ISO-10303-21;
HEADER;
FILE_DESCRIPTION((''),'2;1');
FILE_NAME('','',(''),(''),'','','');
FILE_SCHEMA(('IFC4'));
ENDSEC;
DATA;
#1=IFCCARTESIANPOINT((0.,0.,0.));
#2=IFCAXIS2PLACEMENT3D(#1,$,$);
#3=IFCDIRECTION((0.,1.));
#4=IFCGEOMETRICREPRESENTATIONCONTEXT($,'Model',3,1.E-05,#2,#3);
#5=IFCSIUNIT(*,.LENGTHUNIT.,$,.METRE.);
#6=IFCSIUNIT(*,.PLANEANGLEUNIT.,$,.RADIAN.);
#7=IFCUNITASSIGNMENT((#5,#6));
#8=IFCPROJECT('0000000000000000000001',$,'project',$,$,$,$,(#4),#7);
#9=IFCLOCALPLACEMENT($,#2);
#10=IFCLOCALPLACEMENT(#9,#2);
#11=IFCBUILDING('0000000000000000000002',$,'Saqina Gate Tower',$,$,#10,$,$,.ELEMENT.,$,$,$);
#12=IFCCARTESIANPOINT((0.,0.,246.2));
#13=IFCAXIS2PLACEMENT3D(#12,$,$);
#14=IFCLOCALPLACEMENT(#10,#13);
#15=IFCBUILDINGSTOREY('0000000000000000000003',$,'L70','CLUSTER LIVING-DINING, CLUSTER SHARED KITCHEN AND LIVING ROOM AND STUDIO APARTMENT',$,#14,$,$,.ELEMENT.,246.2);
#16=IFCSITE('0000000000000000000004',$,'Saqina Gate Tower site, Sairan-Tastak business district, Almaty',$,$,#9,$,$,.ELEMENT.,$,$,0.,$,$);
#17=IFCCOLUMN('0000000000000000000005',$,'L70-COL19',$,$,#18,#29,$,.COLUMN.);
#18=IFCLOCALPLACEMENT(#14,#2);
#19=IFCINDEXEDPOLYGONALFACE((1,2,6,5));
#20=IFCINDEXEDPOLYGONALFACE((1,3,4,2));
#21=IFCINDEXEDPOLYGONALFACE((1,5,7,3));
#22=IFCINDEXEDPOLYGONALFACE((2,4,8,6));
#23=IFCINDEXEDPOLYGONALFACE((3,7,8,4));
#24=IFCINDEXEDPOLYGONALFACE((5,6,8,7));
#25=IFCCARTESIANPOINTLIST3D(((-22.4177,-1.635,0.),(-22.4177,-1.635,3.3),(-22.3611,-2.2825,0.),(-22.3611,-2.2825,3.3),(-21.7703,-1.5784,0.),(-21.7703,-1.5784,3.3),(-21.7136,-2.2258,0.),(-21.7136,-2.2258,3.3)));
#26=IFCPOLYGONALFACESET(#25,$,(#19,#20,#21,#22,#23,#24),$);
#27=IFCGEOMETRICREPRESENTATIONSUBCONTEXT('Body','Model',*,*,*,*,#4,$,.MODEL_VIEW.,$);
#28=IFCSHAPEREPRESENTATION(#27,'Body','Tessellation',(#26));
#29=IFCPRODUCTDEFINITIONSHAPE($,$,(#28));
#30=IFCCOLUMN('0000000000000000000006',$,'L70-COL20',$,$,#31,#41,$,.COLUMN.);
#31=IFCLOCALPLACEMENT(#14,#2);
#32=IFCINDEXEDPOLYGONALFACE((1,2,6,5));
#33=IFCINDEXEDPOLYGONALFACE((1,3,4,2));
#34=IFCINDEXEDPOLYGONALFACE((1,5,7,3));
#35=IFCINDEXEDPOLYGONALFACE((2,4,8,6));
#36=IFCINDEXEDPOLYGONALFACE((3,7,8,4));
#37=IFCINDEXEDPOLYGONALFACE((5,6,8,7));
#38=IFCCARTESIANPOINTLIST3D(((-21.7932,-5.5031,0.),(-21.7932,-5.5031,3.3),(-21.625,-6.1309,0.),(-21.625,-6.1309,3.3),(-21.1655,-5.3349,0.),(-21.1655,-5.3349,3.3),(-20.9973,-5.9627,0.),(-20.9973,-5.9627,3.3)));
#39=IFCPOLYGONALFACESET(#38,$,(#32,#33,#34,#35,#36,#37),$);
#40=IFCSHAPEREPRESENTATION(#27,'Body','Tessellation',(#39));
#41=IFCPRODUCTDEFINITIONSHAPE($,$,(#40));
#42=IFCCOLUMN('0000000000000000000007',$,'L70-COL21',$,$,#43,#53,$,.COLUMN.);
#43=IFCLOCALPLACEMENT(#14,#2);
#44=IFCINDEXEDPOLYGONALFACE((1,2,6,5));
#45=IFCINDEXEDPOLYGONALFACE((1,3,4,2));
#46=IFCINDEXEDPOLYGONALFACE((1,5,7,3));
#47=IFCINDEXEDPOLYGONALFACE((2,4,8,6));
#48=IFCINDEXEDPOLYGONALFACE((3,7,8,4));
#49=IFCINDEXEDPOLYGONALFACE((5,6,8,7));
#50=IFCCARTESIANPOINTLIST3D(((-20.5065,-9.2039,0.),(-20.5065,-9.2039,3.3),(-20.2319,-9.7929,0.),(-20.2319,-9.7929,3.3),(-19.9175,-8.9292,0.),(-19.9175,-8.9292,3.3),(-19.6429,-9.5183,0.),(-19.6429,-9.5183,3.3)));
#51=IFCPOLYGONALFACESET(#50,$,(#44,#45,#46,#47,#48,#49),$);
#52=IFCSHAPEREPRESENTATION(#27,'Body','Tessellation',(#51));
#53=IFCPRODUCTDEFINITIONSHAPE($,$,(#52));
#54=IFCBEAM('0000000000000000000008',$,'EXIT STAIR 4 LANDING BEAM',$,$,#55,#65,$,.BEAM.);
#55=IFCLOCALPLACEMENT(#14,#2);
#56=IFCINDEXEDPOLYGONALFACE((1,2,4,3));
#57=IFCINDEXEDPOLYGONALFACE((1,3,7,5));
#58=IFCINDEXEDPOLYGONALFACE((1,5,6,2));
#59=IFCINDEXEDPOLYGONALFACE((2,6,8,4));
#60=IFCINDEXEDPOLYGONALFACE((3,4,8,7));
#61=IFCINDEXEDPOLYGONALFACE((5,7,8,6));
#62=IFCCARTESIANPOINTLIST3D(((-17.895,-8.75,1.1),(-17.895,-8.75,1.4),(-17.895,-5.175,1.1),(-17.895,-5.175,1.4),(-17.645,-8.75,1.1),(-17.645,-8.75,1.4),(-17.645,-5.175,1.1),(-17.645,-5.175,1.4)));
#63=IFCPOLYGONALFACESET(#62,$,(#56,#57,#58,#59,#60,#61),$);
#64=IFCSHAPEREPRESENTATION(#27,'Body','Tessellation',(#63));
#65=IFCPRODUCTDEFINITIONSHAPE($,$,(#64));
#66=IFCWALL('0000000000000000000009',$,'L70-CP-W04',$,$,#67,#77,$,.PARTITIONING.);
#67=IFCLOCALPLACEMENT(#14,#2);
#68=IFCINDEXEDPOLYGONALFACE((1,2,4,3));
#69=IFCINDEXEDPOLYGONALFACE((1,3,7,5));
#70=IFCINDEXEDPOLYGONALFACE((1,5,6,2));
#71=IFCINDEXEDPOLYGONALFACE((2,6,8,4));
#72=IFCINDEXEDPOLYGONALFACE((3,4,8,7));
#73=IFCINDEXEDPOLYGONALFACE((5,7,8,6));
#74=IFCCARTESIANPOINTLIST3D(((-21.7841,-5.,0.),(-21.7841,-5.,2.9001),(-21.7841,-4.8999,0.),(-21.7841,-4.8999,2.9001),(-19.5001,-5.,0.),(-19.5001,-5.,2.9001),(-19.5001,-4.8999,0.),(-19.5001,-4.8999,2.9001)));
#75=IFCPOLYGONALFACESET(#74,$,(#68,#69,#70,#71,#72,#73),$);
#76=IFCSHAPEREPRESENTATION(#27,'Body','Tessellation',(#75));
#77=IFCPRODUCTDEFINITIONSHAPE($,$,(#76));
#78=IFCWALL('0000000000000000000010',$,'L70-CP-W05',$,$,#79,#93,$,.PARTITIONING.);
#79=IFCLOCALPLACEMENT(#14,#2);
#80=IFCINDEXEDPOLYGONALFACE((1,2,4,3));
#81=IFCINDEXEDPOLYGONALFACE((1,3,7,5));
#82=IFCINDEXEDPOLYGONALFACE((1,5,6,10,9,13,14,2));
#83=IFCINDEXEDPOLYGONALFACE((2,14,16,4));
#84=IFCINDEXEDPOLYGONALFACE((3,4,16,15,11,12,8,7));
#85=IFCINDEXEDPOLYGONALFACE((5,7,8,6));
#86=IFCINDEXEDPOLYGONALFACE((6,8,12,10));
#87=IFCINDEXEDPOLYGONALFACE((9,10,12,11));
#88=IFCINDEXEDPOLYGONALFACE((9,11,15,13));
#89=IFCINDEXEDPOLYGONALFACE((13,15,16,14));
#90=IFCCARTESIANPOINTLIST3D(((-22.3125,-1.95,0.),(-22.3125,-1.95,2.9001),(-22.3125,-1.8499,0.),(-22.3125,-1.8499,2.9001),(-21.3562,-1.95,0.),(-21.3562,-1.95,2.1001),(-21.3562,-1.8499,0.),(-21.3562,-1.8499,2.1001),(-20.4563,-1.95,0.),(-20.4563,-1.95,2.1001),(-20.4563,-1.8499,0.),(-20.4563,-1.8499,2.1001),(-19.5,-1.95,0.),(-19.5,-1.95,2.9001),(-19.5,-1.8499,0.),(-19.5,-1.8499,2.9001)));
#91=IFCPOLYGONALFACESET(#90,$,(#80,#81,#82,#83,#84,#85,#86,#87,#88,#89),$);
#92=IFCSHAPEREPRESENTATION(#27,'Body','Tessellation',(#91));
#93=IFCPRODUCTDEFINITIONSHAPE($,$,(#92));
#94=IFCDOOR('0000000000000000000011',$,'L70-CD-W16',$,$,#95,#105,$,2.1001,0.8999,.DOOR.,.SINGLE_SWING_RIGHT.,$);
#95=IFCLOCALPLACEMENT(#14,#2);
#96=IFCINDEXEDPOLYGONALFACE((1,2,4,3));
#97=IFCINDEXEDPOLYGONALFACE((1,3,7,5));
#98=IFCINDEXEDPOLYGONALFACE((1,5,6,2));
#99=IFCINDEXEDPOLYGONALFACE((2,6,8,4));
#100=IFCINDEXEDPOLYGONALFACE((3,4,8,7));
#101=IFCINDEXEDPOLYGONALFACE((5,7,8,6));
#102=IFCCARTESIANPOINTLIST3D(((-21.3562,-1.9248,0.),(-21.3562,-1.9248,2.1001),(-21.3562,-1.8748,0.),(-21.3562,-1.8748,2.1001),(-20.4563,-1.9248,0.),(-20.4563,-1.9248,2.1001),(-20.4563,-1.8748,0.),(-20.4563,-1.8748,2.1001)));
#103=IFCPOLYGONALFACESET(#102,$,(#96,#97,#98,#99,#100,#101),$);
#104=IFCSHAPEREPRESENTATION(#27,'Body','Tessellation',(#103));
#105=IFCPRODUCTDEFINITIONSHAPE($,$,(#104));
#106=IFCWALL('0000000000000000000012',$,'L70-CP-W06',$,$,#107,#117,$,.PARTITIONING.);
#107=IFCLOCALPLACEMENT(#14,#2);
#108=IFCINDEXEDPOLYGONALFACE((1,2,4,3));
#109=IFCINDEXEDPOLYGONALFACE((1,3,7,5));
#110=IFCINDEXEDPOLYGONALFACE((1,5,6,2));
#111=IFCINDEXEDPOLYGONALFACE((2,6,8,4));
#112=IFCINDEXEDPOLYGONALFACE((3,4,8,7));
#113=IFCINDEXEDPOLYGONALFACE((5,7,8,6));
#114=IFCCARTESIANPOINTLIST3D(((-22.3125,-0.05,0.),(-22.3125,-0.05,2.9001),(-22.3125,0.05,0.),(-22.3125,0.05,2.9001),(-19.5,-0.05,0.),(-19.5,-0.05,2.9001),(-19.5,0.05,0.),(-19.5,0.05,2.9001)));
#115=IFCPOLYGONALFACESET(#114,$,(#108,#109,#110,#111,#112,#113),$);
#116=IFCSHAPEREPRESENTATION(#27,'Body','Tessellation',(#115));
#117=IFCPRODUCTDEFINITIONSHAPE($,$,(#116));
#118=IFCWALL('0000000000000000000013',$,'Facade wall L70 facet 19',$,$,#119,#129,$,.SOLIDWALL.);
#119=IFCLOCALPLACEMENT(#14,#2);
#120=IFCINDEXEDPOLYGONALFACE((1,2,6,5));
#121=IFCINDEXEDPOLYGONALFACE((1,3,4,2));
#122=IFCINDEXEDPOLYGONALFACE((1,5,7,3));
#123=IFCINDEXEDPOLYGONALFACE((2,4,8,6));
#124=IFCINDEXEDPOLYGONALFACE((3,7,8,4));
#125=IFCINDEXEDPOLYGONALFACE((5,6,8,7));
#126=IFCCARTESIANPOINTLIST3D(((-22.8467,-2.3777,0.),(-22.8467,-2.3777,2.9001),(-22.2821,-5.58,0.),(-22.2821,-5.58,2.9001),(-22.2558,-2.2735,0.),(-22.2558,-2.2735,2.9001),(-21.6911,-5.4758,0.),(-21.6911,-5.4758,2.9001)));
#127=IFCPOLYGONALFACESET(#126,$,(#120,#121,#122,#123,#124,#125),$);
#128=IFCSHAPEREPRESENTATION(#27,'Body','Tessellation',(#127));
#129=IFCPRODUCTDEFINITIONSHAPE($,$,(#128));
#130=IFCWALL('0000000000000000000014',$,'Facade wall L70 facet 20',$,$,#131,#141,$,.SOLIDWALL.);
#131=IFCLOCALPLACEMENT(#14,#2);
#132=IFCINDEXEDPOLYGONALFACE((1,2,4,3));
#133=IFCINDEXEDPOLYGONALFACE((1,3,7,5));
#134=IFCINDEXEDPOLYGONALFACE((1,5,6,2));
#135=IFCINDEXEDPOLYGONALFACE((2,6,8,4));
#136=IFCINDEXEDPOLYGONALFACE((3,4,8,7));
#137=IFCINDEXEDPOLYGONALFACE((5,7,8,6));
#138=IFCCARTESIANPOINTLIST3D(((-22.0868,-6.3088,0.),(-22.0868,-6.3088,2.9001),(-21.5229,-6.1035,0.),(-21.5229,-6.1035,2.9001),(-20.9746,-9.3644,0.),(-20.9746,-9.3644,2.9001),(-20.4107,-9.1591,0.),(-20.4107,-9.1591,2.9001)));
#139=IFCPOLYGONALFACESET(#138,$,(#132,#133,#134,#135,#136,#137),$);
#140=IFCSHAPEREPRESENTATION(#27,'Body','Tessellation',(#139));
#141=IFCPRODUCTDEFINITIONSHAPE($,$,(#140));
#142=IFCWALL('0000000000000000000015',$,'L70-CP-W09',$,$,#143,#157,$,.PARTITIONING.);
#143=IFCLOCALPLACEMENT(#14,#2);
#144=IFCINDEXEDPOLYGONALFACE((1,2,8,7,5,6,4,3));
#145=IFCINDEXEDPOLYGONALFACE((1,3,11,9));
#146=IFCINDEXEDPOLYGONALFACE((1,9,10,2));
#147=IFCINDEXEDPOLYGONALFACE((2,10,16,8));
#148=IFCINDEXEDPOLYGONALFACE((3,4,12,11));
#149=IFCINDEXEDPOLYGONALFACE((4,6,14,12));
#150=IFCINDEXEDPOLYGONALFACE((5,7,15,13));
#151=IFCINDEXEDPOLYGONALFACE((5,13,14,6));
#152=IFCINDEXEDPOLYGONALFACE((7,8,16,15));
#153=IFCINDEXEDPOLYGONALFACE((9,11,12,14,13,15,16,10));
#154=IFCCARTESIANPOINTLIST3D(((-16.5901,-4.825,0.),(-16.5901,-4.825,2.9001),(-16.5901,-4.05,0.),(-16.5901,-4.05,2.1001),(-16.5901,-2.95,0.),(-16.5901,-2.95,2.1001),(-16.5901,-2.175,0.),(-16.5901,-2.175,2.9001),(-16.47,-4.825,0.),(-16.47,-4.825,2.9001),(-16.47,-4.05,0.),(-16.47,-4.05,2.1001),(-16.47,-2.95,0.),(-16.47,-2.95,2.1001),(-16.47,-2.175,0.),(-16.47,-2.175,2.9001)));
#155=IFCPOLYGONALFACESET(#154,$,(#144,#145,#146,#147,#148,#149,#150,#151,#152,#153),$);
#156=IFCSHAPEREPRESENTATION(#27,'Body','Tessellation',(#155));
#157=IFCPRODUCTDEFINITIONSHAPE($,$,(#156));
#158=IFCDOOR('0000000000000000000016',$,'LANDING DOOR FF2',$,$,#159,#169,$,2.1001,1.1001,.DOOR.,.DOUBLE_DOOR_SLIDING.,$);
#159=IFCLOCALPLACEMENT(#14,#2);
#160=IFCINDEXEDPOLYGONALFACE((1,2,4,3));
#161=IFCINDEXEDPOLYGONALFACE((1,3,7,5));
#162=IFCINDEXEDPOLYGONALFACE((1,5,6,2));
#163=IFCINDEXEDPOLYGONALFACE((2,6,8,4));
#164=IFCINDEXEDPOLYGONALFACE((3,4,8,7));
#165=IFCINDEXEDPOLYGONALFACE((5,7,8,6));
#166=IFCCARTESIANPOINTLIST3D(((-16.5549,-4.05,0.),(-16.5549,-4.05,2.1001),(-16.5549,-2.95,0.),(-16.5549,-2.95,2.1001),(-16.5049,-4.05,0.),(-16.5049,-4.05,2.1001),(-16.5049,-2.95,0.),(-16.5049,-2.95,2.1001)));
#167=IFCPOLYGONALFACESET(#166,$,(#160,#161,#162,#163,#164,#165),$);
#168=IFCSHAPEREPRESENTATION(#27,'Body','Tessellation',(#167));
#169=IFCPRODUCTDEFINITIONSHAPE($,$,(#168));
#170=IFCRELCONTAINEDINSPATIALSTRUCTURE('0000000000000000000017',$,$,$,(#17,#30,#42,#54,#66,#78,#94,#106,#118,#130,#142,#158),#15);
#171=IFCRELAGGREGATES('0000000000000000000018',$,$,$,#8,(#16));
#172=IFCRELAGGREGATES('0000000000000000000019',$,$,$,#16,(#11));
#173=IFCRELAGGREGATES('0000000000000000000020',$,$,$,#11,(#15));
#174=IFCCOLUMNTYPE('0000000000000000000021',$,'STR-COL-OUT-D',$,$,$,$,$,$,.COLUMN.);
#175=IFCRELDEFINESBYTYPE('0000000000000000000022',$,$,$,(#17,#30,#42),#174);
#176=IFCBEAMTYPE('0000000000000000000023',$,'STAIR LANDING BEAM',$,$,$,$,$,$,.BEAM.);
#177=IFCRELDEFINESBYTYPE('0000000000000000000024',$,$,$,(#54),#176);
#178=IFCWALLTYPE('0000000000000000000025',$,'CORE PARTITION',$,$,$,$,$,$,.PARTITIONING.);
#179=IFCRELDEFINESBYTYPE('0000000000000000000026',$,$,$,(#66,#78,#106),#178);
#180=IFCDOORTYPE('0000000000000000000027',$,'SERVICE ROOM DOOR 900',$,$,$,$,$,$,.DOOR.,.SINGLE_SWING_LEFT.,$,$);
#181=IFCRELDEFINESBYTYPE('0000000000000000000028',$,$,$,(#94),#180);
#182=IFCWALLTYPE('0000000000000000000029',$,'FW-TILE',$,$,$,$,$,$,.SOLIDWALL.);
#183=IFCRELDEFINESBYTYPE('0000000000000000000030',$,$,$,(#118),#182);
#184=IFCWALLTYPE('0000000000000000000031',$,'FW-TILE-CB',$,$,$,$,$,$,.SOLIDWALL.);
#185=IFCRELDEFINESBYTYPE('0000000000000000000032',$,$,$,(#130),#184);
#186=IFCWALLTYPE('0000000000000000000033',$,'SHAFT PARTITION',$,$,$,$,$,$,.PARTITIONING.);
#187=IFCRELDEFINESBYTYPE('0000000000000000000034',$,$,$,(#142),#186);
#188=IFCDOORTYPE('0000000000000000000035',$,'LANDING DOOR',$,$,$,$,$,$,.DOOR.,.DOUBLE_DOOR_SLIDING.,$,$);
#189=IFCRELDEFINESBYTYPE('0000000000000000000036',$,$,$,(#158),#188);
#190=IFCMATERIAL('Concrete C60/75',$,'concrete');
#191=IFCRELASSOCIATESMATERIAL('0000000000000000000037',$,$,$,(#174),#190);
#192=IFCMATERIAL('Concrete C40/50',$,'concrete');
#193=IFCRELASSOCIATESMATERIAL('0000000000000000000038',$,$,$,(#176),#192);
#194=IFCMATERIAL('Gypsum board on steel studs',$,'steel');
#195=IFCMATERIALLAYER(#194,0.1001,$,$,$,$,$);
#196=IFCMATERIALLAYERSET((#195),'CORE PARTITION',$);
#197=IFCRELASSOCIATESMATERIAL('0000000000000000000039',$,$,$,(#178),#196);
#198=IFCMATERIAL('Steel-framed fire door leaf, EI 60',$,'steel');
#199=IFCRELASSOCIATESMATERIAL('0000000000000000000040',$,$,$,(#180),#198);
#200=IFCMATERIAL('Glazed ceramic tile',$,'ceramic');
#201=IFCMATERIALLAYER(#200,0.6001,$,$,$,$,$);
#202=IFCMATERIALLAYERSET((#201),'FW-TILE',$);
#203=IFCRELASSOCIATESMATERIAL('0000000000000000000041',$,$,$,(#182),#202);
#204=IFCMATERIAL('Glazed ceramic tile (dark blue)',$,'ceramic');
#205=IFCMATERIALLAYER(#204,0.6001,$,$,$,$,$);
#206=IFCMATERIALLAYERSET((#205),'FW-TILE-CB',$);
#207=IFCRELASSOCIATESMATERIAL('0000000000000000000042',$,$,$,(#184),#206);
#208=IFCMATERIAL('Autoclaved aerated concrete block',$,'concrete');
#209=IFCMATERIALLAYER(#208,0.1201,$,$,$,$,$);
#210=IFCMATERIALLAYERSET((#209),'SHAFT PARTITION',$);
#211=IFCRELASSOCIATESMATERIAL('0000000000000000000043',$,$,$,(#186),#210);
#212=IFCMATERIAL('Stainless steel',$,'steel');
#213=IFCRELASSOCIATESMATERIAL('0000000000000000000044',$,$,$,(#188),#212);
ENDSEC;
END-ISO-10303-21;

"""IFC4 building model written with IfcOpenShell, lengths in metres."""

from ifc_helpers import new_model, si_unit, direction, frame, frame_2d, origin, origin_2d, place, context, subcontext, project, spatial, rectangle, extrude, material, layer, layer_set, material_profile, profile_set, type_object, element, fill, save


model = new_model("IFC4")

# Units and contexts
model_context = context("Model", 3, precision=1e-05, world=origin(), true_north=direction((0.0, 1.0)))
body_context = subcontext(model_context, "Body", "Model", "MODEL_VIEW")
ifc_project = project(units=[si_unit("LENGTHUNIT", "METRE"), si_unit("PLANEANGLEUNIT", "RADIAN")], contexts=[model_context])

# Site, building, storey
site_placement = place(None, origin())
site = spatial("IfcSite", under=ifc_project, at=site_placement, Name="Saqina Gate Tower site, Sairan-Tastak business district, Almaty", CompositionType="ELEMENT", RefElevation=0.0)
building_placement = place(site_placement, origin())
building = spatial("IfcBuilding", under=site, at=building_placement, Name="Saqina Gate Tower", CompositionType="ELEMENT")
storey_placement = place(building_placement, frame((0.0, 0.0, 246.2)))
storey = spatial("IfcBuildingStorey", under=building, at=storey_placement, Name="L70", Description="CLUSTER LIVING-DINING, CLUSTER SHARED KITCHEN AND LIVING ROOM AND STUDIO APARTMENT", CompositionType="ELEMENT", Elevation=246.2)

# Columns
ifc_material_1 = material(Name="Concrete C60/75", Category="concrete")
ifc_material_profile_1 = material_profile(ifc_material_1, rectangle(XDim=0.6499, YDim=0.6499, at=origin_2d()), Name="RC 650x650")
ifc_profile_set_1 = profile_set([ifc_material_profile_1], Name="Concrete C60/75")
column_type = type_object("IfcColumnType", Name="STR-COL-OUT-D", PredefinedType="COLUMN", material=ifc_profile_set_1)
for number, where, z_axis, x_axis, name in (
    (1, (-22.0657, -1.9304, 0.0), (0.0, 0.0, 1.0), (-0.996195, -0.087156, 0.0), "L70-COL19"),
    (2, (-21.3953, -5.7329, 0.0), (0.0, 0.0, 1.0), (-0.965926, -0.258819, 0.0), "L70-COL20"),
    (3, (-20.0747, -9.3611, 0.0), (0.0, 0.0, 1.0), (-0.906308, -0.422618, 0.0), "L70-COL21"),
):
    element("IfcColumn", number, at=place(storey_placement, frame(where, z_axis=z_axis, x_axis=x_axis)), inside=storey, type_object=column_type, Name=name, PredefinedType="COLUMN", context=body_context, shape_type="SweptSolid", body=[
        extrude(rectangle(XDim=0.6499, YDim=0.6499, at=origin_2d()), origin(), (0.0, 0.0, 1.0), 3.3),
    ])

# Beam
ifc_material_2 = material(Name="Concrete C40/50", Category="concrete")
ifc_material_profile_2 = material_profile(ifc_material_2, rectangle(XDim=0.25, YDim=0.3, at=origin_2d()), Name="STAIR LANDING BEAM")
ifc_profile_set_2 = profile_set([ifc_material_profile_2], Name="Concrete C40/50")
beam_type = type_object("IfcBeamType", Name="STAIR LANDING BEAM", PredefinedType="BEAM", material=ifc_profile_set_2)
beam_placement = place(storey_placement, frame((-17.77, -8.75, 1.25), z_axis=(0.0, 1.0, 0.0), x_axis=(-1.0, 0.0, 0.0)))
element("IfcBeam", 4, at=beam_placement, inside=storey, type_object=beam_type, Name="EXIT STAIR 4 LANDING BEAM", PredefinedType="BEAM", context=body_context, shape_type="SweptSolid", body=[
    extrude(rectangle(XDim=0.25, YDim=0.3, at=origin_2d()), origin(), (0.0, 0.0, 1.0), 3.575),
])

# Wall
ifc_material_3 = material(Name="Gypsum board on steel studs", Category="steel")
ifc_layer_1 = layer(ifc_material_3, 0.1001)
ifc_layer_set_1 = layer_set([ifc_layer_1], Name="CORE PARTITION")
wall_type_1 = type_object("IfcWallType", Name="CORE PARTITION", PredefinedType="PARTITIONING", material=ifc_layer_set_1)
wall_1_placement = place(storey_placement, frame((-19.5, -4.95, 0.0), z_axis=(0.0, 0.0, 1.0), x_axis=(-1.0, 0.0, 0.0)))
element("IfcWall", 5, at=wall_1_placement, inside=storey, type_object=wall_type_1, Name="L70-CP-W04", PredefinedType="PARTITIONING", context=body_context, shape_type="SweptSolid", body=[
    extrude(rectangle(XDim=2.2839, YDim=0.1001, at=frame_2d((1.1421, 0.0))), origin(), (0.0, 0.0, 1.0), 2.9001),
])

# Wall, opening, door
wall_2_placement = place(storey_placement, frame((-19.5, -1.8999, 0.0), z_axis=(0.0, 0.0, 1.0), x_axis=(-1.0, 0.0, 0.0)))
wall_2 = element("IfcWall", 6, at=wall_2_placement, inside=storey, type_object=wall_type_1, Name="L70-CP-W05", PredefinedType="PARTITIONING", context=body_context, shape_type="SweptSolid", body=[
    extrude(rectangle(XDim=2.8125, YDim=0.1001, at=frame_2d((1.4062, 0.0))), origin(), (0.0, 0.0, 1.0), 2.9001),
])
opening_1_placement = place(wall_2_placement, frame((0.9563, 0.0, 0.0)))
opening_1 = element("IfcOpeningElement", 7, at=opening_1_placement, cuts=wall_2, PredefinedType="OPENING", context=body_context, shape_type="SweptSolid", body=[
    extrude(rectangle(XDim=0.8999, YDim=2.1001, at=frame_2d((0.45, 1.05))), frame((0.0, 0.062, 0.0), z_axis=(0.0, -1.0, 0.0), x_axis=(1.0, 0.0, 0.0)), (0.0, 0.0, 1.0), 0.124),
])
ifc_material_4 = material(Name="Steel-framed fire door leaf, EI 60", Category="steel")
door_type_1 = type_object("IfcDoorType", Name="SERVICE ROOM DOOR 900", OperationType="SINGLE_SWING_LEFT", PredefinedType="DOOR", material=ifc_material_4)
door_1_placement = place(opening_1_placement, origin())
door_1 = element("IfcDoor", 8, at=door_1_placement, inside=storey, type_object=door_type_1, Name="L70-CD-W16", OperationType="SINGLE_SWING_RIGHT", OverallHeight=2.1001, OverallWidth=0.8999, PredefinedType="DOOR", context=body_context, shape_type="SweptSolid", body=[
    extrude(rectangle(XDim=0.8999, YDim=2.1001, at=frame_2d((0.45, 1.05))), frame((0.0, 0.0249, 0.0), z_axis=(0.0, -1.0, 0.0), x_axis=(1.0, 0.0, 0.0)), (0.0, 0.0, 1.0), 0.05),
])
fill(opening_1, door_1)

# Walls
wall_3_placement = place(storey_placement, frame((-19.5, 0.0, 0.0), z_axis=(0.0, 0.0, 1.0), x_axis=(-1.0, 0.0, 0.0)))
element("IfcWall", 9, at=wall_3_placement, inside=storey, type_object=wall_type_1, Name="L70-CP-W06", PredefinedType="PARTITIONING", context=body_context, shape_type="SweptSolid", body=[
    extrude(rectangle(XDim=2.8125, YDim=0.1001, at=frame_2d((1.4062, 0.0))), origin(), (0.0, 0.0, 1.0), 2.9001),
])
ifc_material_5 = material(Name="Glazed ceramic tile", Category="ceramic")
ifc_layer_2 = layer(ifc_material_5, 0.6001)
ifc_layer_set_2 = layer_set([ifc_layer_2], Name="FW-TILE")
wall_type_2 = type_object("IfcWallType", Name="FW-TILE", PredefinedType="SOLIDWALL", material=ifc_layer_set_2)
wall_4_placement = place(storey_placement, frame((-22.5513, -2.3254, 0.0), z_axis=(0.0, 0.0, 1.0), x_axis=(0.173657, -0.984806, 0.0)))
element("IfcWall", 10, at=wall_4_placement, inside=storey, type_object=wall_type_2, Name="Facade wall L70 facet 19", PredefinedType="SOLIDWALL", context=body_context, shape_type="SweptSolid", body=[
    extrude(rectangle(XDim=3.2517, YDim=0.6001, at=frame_2d((1.626, 0.0))), origin(), (0.0, 0.0, 1.0), 2.9001),
])
ifc_material_6 = material(Name="Glazed ceramic tile (dark blue)", Category="ceramic")
ifc_layer_3 = layer(ifc_material_6, 0.6001)
ifc_layer_set_3 = layer_set([ifc_layer_3], Name="FW-TILE-CB")
wall_type_3 = type_object("IfcWallType", Name="FW-TILE-CB", PredefinedType="SOLIDWALL", material=ifc_layer_set_3)
wall_5_placement = place(storey_placement, frame((-21.8049, -6.2061, 0.0), z_axis=(0.0, 0.0, 1.0), x_axis=(0.342057, -0.939679, 0.0)))
element("IfcWall", 11, at=wall_5_placement, inside=storey, type_object=wall_type_3, Name="Facade wall L70 facet 20", PredefinedType="SOLIDWALL", context=body_context, shape_type="SweptSolid", body=[
    extrude(rectangle(XDim=3.2517, YDim=0.6001, at=frame_2d((1.626, 0.0))), origin(), (0.0, 0.0, 1.0), 2.9001),
])

# Wall, opening, door
ifc_material_7 = material(Name="Autoclaved aerated concrete block", Category="concrete")
ifc_layer_4 = layer(ifc_material_7, 0.1201)
ifc_layer_set_4 = layer_set([ifc_layer_4], Name="SHAFT PARTITION")
wall_type_4 = type_object("IfcWallType", Name="SHAFT PARTITION", PredefinedType="PARTITIONING", material=ifc_layer_set_4)
wall_6_placement = place(storey_placement, frame((-16.53, -4.825, 0.0), z_axis=(0.0, 0.0, 1.0), x_axis=(0.0, 1.0, 0.0)))
wall_6 = element("IfcWall", 12, at=wall_6_placement, inside=storey, type_object=wall_type_4, Name="L70-CP-W09", PredefinedType="PARTITIONING", context=body_context, shape_type="SweptSolid", body=[
    extrude(rectangle(XDim=2.6499, YDim=0.1201, at=frame_2d((1.325, 0.0))), origin(), (0.0, 0.0, 1.0), 2.9001),
])
opening_2_placement = place(wall_6_placement, frame((0.7749, 0.0, 0.0)))
opening_2 = element("IfcOpeningElement", 13, at=opening_2_placement, cuts=wall_6, PredefinedType="OPENING", context=body_context, shape_type="SweptSolid", body=[
    extrude(rectangle(XDim=1.1001, YDim=2.1001, at=frame_2d((0.55, 1.05))), frame((0.0, 0.072, 0.0), z_axis=(0.0, -1.0, 0.0), x_axis=(1.0, 0.0, 0.0)), (0.0, 0.0, 1.0), 0.144),
])
ifc_material_8 = material(Name="Stainless steel", Category="steel")
door_type_2 = type_object("IfcDoorType", Name="LANDING DOOR", OperationType="DOUBLE_DOOR_SLIDING", PredefinedType="DOOR", material=ifc_material_8)
door_2_placement = place(opening_2_placement, origin())
door_2 = element("IfcDoor", 14, at=door_2_placement, inside=storey, type_object=door_type_2, Name="LANDING DOOR FF2", OperationType="DOUBLE_DOOR_SLIDING", OverallHeight=2.1001, OverallWidth=1.1001, PredefinedType="DOOR", context=body_context, shape_type="SweptSolid", body=[
    extrude(rectangle(XDim=1.1001, YDim=2.1001, at=frame_2d((0.55, 1.05))), frame((0.0, 0.0249, 0.0), z_axis=(0.0, -1.0, 0.0), x_axis=(1.0, 0.0, 0.0)), (0.0, 0.0, 1.0), 0.05),
])
fill(opening_2, door_2)

save(model, "model.ifc")
